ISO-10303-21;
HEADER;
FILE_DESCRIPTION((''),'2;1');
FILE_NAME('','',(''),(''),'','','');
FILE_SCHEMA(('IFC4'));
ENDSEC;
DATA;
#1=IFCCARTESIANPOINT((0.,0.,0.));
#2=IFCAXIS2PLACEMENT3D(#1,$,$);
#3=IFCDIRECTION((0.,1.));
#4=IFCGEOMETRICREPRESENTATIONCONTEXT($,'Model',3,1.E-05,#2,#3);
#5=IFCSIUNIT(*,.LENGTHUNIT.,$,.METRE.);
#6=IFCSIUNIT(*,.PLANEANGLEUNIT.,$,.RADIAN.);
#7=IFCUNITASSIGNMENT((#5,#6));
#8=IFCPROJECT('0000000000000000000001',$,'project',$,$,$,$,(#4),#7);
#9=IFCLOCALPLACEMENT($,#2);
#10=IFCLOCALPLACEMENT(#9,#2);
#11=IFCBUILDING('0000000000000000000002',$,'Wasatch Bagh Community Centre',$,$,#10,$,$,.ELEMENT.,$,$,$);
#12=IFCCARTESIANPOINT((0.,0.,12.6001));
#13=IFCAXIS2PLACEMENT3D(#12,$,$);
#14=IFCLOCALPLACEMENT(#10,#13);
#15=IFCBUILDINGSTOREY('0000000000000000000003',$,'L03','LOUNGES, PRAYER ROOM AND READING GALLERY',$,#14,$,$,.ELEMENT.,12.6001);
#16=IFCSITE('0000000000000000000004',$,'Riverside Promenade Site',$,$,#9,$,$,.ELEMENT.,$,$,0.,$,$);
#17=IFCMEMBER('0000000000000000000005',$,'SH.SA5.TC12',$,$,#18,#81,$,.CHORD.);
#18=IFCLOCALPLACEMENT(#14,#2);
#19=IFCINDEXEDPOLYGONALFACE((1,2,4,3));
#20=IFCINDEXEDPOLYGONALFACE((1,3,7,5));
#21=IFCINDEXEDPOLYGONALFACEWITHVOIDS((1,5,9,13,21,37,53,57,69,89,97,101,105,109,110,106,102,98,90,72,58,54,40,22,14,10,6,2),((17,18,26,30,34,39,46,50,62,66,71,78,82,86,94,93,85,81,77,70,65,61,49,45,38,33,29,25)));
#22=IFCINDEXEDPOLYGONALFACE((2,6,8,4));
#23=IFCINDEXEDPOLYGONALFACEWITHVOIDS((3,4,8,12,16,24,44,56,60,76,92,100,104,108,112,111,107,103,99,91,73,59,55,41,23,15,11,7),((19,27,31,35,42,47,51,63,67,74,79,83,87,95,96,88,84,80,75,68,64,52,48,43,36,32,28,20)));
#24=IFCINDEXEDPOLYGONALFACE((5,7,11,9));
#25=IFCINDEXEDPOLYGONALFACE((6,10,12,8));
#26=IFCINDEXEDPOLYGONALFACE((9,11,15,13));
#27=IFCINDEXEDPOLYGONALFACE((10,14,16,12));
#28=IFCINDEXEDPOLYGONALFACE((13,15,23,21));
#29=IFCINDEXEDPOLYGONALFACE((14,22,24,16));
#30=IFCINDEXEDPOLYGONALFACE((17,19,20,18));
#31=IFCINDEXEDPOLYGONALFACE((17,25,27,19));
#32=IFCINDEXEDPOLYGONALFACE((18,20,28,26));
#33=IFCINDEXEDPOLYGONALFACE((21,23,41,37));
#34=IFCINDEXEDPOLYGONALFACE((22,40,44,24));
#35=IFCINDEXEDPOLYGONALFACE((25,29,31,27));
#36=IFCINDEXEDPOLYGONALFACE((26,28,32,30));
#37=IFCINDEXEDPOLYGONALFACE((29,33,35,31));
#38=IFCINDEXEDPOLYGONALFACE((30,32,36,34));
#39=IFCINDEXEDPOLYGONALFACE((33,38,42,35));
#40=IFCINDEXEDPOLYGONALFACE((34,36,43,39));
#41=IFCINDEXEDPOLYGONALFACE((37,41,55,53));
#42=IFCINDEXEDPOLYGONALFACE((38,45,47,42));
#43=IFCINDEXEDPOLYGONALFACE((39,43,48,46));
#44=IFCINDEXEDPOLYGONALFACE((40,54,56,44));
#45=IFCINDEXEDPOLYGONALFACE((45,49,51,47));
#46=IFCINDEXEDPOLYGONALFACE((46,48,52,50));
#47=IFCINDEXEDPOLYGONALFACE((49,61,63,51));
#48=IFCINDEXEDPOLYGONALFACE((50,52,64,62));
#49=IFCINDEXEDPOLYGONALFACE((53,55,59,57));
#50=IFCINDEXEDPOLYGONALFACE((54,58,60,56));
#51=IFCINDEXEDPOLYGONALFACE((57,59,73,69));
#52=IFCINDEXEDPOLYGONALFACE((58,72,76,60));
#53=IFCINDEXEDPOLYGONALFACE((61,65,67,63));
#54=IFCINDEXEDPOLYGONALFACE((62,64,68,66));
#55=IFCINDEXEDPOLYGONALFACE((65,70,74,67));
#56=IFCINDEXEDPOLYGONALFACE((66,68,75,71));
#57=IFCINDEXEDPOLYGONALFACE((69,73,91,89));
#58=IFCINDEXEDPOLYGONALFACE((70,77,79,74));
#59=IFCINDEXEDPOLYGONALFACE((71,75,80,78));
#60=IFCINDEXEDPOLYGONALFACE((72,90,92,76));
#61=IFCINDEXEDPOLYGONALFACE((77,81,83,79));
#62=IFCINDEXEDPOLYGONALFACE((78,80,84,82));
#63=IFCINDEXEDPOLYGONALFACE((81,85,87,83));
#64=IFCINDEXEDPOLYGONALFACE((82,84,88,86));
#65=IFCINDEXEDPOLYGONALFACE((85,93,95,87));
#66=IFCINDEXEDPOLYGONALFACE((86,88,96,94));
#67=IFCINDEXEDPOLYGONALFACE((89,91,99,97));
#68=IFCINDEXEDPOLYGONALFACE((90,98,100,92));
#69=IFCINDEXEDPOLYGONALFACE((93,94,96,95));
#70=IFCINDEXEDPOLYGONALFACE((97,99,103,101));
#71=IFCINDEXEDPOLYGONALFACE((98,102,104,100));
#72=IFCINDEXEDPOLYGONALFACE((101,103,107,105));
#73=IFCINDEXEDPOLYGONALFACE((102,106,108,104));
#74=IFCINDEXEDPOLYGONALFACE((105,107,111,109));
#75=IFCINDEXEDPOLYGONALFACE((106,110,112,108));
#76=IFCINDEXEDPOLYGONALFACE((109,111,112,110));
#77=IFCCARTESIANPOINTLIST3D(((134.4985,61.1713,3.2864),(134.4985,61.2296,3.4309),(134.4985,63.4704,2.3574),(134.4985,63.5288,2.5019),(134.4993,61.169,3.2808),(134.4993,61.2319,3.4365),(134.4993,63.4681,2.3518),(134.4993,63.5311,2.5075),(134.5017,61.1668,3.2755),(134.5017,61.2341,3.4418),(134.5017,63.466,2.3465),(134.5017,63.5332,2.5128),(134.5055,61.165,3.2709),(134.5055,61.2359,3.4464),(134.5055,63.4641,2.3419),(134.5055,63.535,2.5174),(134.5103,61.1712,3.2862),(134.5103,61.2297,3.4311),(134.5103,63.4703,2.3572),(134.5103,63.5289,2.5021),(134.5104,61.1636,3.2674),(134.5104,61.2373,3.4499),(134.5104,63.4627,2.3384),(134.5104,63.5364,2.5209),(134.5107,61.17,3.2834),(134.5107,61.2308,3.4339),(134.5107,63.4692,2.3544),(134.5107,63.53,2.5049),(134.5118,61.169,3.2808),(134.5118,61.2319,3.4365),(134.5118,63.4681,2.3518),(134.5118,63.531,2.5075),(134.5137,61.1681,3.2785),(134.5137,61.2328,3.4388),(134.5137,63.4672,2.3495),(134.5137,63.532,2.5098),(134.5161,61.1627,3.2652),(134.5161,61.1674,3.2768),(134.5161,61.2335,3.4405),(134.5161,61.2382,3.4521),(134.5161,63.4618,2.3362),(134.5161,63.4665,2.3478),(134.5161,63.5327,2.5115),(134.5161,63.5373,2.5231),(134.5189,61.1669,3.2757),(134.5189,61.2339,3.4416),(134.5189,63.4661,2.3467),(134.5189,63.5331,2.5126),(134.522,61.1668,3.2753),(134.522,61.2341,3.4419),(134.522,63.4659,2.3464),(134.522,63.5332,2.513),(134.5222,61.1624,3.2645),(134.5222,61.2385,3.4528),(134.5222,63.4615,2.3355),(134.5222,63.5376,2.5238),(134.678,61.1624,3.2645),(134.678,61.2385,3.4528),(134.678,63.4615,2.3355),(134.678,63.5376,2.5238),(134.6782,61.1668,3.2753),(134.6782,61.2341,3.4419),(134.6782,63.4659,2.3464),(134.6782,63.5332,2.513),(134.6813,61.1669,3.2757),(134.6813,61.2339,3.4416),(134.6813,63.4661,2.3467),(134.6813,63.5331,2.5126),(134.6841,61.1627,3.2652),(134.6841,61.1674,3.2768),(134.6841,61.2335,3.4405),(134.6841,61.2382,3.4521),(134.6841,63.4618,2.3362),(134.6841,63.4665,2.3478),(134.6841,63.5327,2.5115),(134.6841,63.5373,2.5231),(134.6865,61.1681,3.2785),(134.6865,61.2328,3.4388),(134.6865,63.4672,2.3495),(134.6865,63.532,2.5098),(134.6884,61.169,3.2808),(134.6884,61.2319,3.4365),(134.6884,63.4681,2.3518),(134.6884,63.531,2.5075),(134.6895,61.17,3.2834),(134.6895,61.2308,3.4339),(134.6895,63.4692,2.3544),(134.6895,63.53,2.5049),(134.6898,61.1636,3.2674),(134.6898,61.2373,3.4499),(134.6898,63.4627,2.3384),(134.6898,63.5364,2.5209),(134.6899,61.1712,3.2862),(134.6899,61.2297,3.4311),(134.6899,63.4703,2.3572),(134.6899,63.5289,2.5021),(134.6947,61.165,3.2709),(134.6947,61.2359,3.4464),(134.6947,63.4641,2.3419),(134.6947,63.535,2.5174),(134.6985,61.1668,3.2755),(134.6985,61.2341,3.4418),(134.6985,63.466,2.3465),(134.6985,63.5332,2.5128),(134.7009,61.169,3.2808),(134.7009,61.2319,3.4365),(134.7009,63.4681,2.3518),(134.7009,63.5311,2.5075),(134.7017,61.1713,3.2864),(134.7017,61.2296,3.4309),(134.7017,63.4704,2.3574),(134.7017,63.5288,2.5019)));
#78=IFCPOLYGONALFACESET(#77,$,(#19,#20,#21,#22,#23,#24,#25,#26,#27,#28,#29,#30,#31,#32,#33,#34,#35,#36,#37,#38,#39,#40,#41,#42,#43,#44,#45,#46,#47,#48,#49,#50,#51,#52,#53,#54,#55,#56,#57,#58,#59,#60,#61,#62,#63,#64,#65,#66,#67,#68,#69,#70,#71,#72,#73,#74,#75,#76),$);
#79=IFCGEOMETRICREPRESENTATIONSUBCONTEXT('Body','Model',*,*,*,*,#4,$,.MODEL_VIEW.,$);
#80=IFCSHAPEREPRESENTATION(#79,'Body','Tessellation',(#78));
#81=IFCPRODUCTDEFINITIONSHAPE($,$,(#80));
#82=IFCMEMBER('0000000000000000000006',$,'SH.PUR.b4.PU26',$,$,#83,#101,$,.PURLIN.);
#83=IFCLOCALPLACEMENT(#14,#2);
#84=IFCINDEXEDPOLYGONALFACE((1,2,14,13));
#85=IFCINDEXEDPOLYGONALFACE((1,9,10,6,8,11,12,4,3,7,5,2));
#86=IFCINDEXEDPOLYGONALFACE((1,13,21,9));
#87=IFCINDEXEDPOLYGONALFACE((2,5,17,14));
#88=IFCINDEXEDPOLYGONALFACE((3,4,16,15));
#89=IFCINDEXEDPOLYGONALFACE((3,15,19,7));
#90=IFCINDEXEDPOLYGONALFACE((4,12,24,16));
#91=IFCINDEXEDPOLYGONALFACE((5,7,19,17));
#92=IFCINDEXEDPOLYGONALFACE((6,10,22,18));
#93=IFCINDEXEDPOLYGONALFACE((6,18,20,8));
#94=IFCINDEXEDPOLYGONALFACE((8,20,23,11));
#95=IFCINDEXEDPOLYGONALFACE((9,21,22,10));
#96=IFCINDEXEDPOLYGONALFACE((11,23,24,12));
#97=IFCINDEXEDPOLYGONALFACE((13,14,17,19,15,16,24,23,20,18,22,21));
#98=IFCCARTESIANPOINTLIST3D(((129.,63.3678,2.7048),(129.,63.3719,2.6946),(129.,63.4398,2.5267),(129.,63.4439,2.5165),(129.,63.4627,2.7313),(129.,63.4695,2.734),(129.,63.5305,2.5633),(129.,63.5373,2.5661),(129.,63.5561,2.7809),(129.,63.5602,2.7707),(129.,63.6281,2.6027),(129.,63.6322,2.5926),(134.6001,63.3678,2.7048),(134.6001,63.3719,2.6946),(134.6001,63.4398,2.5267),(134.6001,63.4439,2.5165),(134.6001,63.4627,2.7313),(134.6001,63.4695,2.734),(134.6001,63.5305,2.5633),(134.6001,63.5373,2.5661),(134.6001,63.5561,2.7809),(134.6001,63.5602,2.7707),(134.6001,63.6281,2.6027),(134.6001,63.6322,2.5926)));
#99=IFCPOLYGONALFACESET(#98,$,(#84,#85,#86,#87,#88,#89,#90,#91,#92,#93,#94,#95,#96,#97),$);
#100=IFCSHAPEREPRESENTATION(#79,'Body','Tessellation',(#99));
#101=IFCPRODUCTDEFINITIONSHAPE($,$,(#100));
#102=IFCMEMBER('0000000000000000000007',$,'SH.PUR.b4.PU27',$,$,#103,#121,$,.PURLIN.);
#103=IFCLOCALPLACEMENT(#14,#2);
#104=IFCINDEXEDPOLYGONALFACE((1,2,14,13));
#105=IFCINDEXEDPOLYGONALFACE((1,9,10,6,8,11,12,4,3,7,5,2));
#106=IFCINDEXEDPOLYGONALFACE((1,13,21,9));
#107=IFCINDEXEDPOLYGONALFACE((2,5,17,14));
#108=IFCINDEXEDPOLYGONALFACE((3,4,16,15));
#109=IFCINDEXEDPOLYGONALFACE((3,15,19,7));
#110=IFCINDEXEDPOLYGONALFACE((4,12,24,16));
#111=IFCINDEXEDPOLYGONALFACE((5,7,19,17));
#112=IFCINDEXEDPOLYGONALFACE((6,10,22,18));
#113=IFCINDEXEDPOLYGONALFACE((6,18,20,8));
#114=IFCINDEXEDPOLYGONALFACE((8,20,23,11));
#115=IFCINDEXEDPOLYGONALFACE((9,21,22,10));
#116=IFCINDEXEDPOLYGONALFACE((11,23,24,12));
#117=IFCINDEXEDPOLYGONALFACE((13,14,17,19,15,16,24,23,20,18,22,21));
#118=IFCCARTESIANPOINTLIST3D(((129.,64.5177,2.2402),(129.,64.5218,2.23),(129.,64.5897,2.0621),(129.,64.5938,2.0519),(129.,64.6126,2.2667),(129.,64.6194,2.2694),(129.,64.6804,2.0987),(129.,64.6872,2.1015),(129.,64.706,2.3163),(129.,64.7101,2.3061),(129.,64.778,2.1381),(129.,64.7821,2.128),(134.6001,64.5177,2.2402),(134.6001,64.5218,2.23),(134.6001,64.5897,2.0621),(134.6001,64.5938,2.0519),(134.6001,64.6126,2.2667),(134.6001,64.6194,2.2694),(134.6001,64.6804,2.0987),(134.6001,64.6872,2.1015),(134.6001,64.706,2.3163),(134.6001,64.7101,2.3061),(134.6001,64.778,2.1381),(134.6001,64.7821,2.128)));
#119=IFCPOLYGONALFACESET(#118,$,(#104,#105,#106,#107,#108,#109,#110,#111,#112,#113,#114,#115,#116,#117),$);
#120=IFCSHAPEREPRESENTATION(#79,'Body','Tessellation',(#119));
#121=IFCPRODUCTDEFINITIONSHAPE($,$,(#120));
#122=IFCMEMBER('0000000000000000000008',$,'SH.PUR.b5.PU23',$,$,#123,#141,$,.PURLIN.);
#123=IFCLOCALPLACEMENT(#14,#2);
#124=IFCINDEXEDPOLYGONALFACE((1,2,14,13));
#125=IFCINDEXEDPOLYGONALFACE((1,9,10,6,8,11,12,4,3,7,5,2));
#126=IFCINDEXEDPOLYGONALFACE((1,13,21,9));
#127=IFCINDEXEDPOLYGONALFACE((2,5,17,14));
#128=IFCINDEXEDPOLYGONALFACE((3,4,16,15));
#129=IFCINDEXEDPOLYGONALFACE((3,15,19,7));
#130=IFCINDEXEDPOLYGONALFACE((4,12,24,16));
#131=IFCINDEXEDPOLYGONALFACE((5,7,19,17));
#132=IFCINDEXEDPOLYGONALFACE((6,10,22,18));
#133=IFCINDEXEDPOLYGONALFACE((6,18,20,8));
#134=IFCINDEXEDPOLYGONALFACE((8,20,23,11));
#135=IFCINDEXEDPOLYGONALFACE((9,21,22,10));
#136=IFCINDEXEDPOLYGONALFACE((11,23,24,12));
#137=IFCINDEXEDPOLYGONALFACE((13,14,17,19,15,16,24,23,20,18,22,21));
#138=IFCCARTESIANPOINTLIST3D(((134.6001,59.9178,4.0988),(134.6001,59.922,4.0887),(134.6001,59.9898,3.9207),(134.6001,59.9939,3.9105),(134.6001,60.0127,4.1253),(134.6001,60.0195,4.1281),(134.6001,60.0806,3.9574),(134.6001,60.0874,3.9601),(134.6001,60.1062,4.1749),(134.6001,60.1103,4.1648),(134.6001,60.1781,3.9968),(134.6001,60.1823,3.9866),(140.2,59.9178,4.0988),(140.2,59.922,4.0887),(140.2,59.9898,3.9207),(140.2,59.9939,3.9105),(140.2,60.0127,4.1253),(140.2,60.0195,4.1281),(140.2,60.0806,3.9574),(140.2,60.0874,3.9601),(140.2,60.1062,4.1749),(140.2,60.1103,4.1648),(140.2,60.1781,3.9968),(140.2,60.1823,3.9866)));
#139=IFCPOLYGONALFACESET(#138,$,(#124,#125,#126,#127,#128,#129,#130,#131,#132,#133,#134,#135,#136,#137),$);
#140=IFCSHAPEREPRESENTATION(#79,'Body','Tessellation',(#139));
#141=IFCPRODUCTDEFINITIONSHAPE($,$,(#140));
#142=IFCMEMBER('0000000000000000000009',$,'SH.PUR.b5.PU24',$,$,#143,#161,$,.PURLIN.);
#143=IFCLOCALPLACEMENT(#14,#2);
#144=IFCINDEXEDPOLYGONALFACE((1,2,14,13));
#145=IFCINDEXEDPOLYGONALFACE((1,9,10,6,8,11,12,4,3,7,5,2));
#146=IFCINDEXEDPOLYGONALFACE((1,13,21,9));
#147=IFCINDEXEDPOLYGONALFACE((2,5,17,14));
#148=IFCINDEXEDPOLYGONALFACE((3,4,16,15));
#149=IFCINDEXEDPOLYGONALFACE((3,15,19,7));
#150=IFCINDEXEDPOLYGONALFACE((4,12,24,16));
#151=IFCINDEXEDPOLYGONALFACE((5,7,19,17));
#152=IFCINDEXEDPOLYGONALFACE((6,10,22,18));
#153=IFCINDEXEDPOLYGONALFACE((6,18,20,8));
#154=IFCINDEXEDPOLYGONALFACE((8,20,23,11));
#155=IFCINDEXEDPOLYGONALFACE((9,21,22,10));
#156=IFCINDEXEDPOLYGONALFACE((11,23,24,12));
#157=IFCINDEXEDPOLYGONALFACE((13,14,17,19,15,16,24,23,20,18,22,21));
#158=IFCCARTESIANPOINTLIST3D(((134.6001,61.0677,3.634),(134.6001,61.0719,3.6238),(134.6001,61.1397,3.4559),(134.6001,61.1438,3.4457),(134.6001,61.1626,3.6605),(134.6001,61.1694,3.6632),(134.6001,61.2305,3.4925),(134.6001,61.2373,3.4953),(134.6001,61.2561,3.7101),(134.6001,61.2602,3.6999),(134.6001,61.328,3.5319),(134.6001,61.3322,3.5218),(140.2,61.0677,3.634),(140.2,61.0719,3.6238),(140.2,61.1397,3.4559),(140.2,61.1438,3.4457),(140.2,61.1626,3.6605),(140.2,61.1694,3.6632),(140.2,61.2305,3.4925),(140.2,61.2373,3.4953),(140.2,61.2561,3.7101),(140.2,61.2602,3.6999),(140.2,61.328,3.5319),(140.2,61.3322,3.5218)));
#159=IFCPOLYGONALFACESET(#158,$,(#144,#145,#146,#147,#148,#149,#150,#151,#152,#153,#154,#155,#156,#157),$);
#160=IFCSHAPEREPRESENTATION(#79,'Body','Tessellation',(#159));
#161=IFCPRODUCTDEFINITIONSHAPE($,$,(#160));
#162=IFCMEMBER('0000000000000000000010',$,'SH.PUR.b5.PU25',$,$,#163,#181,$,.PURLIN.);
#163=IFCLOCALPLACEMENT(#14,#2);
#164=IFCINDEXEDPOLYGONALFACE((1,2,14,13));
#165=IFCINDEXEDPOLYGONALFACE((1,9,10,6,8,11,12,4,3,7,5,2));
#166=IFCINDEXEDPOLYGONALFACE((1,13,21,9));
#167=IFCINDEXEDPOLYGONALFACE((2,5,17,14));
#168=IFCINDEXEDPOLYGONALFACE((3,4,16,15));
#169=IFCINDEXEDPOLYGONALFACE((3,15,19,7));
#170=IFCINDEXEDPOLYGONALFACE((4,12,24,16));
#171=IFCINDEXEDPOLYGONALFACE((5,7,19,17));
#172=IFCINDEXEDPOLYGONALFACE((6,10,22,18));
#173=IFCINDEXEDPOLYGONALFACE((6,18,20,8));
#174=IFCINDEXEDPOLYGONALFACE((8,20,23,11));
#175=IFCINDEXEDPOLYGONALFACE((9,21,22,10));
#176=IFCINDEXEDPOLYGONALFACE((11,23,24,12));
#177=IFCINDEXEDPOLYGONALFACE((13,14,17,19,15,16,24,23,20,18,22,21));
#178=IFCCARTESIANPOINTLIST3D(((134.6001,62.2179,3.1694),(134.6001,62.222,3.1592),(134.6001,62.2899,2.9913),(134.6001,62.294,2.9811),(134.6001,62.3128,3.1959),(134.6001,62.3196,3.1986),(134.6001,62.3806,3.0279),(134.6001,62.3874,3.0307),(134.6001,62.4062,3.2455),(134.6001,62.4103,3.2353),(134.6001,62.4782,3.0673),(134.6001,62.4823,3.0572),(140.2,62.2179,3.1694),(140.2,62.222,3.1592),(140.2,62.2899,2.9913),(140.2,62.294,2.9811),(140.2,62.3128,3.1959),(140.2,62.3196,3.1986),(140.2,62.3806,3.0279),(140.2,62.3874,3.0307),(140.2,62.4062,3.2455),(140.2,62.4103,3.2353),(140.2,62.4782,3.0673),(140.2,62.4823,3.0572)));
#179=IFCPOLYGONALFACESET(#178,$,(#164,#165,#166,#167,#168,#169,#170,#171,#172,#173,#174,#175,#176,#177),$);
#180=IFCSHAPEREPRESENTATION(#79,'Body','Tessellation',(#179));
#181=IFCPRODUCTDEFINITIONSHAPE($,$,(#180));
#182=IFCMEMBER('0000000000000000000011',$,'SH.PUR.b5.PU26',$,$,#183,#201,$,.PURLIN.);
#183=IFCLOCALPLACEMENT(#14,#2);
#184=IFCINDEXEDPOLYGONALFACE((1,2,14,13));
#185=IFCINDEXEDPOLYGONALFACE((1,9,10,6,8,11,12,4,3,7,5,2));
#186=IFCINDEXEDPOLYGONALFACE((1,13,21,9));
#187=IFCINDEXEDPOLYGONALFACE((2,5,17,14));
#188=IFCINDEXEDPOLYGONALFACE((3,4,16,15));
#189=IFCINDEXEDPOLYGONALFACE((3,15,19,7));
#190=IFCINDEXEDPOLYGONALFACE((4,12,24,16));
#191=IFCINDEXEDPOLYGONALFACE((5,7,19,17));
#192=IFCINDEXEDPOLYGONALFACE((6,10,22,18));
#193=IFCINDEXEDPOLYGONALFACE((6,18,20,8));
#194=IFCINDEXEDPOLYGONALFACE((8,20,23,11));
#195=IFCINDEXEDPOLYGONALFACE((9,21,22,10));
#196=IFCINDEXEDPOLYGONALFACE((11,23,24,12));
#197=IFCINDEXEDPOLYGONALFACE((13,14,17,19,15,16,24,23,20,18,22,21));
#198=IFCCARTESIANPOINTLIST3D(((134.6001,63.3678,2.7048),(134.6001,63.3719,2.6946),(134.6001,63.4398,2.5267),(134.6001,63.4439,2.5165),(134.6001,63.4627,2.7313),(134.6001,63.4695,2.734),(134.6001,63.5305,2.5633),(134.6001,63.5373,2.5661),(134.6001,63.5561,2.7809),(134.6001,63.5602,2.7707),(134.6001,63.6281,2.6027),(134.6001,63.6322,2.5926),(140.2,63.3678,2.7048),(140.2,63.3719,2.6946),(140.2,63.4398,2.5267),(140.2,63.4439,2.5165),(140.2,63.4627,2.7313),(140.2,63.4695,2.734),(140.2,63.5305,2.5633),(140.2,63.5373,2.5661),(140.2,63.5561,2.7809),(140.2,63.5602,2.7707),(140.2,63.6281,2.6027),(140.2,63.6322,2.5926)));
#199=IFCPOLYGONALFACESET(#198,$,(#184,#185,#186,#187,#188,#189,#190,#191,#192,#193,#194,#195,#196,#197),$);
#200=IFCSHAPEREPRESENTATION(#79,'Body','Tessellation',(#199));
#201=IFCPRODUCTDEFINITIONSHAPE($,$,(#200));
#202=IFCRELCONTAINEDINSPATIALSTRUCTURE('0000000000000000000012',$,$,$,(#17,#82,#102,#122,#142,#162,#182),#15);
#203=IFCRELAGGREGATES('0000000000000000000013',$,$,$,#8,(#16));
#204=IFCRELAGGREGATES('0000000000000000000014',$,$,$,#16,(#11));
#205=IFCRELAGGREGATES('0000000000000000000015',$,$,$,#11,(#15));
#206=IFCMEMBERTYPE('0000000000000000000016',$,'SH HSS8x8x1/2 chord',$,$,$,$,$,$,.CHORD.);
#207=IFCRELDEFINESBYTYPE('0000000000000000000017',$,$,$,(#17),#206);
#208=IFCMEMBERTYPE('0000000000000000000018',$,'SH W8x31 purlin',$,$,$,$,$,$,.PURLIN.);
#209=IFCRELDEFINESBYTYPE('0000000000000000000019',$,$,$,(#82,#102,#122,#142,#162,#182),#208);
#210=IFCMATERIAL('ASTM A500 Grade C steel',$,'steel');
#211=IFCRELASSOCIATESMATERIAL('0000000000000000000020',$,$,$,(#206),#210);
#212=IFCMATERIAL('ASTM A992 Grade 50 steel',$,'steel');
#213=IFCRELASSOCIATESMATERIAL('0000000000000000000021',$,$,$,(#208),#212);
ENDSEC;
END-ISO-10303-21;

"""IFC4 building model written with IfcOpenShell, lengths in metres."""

from ifc_helpers import new_model, si_unit, direction, frame, origin, origin_2d, place, context, subcontext, project, spatial, hollow_rectangle, i_section, extrude, material, material_profile, profile_set, type_object, element, save


model = new_model("IFC4")

# Units and contexts
model_context = context("Model", 3, precision=1e-05, world=origin(), true_north=direction((0.0, 1.0)))
body_context = subcontext(model_context, "Body", "Model", "MODEL_VIEW")
ifc_project = project(units=[si_unit("LENGTHUNIT", "METRE"), si_unit("PLANEANGLEUNIT", "RADIAN")], contexts=[model_context])

# Site, building, storey
site_placement = place(None, origin())
site = spatial("IfcSite", under=ifc_project, at=site_placement, Name="Riverside Promenade Site", CompositionType="ELEMENT", RefElevation=0.0)
building_placement = place(site_placement, origin())
building = spatial("IfcBuilding", under=site, at=building_placement, Name="Wasatch Bagh Community Centre", CompositionType="ELEMENT")
storey_placement = place(building_placement, frame((0.0, 0.0, 12.6001)))
storey = spatial("IfcBuildingStorey", under=building, at=storey_placement, Name="L03", Description="LOUNGES, PRAYER ROOM AND READING GALLERY", CompositionType="ELEMENT", Elevation=12.6001)

# Members
ifc_material_1 = material(Name="ASTM A500 Grade C steel", Category="steel")
ifc_material_profile_1 = material_profile(ifc_material_1, hollow_rectangle(XDim=0.2031, YDim=0.2031, WallThickness=0.0117, InnerFilletRadius=0.0117, OuterFilletRadius=0.0237, at=origin_2d()), Name="HSS8x8x1/2")
ifc_profile_set_1 = profile_set([ifc_material_profile_1], Name="ASTM A500 Grade C steel")
member_type_1 = type_object("IfcMemberType", Name="SH HSS8x8x1/2 chord", PredefinedType="CHORD", material=ifc_profile_set_1)
member_1_placement = place(storey_placement, frame((134.6001, 61.2004, 3.3586), z_axis=(0.0, 0.927174, -0.374631), x_axis=(-1.0, 0.0, 0.0)))
element("IfcMember", 1, at=member_1_placement, inside=storey, type_object=member_type_1, Name="SH.SA5.TC12", PredefinedType="CHORD", context=body_context, shape_type="SweptSolid", body=[
    extrude(hollow_rectangle(XDim=0.2031, YDim=0.2031, WallThickness=0.0117, InnerFilletRadius=0.0117, OuterFilletRadius=0.0237, at=origin_2d()), origin(), (0.0, 0.0, 1.0), 2.4797),
])
ifc_material_2 = material(Name="ASTM A992 Grade 50 steel", Category="steel")
ifc_material_profile_2 = material_profile(ifc_material_2, i_section(OverallWidth=0.2031, OverallDepth=0.2031, WebThickness=0.0073, FlangeThickness=0.011, at=origin_2d()), Name="W8x31")
ifc_profile_set_2 = profile_set([ifc_material_profile_2], Name="ASTM A992 Grade 50 steel")
member_type_2 = type_object("IfcMemberType", Name="SH W8x31 purlin", PredefinedType="PURLIN", material=ifc_profile_set_2)
for number, where, z_axis, x_axis, name in (
    (2, (129.0, 63.5, 2.6487), (1.0, 0.0, 0.0), (0.0, 0.927184, 0.374607), "SH.PUR.b4.PU26"),
    (3, (129.0, 64.6499, 2.1841), (1.0, 0.0, 0.0), (0.0, 0.927184, 0.374607), "SH.PUR.b4.PU27"),
):
    element("IfcMember", number, at=place(storey_placement, frame(where, z_axis=z_axis, x_axis=x_axis)), inside=storey, type_object=member_type_2, Name=name, PredefinedType="PURLIN", context=body_context, shape_type="SweptSolid", body=[
        extrude(i_section(OverallWidth=0.2031, OverallDepth=0.2031, WebThickness=0.0073, FlangeThickness=0.011, at=origin_2d()), origin(), (0.0, 0.0, 1.0), 5.6001),
    ])
for number, where, z_axis, x_axis, name in (
    (4, (134.6001, 60.05, 4.0427), (1.0, 0.0, 0.0), (0.0, 0.927184, 0.374607), "SH.PUR.b5.PU23"),
    (5, (134.6001, 61.2, 3.5779), (1.0, 0.0, 0.0), (0.0, 0.927184, 0.374607), "SH.PUR.b5.PU24"),
    (6, (134.6001, 62.3501, 3.1133), (1.0, 0.0, 0.0), (0.0, 0.927184, 0.374607), "SH.PUR.b5.PU25"),
    (7, (134.6001, 63.5, 2.6487), (1.0, 0.0, 0.0), (0.0, 0.927184, 0.374607), "SH.PUR.b5.PU26"),
):
    element("IfcMember", number, at=place(storey_placement, frame(where, z_axis=z_axis, x_axis=x_axis)), inside=storey, type_object=member_type_2, Name=name, PredefinedType="PURLIN", context=body_context, shape_type="SweptSolid", body=[
        extrude(i_section(OverallWidth=0.2031, OverallDepth=0.2031, WebThickness=0.0073, FlangeThickness=0.011, at=origin_2d()), origin(), (0.0, 0.0, 1.0), 5.5999),
    ])

save(model, "model.ifc")
